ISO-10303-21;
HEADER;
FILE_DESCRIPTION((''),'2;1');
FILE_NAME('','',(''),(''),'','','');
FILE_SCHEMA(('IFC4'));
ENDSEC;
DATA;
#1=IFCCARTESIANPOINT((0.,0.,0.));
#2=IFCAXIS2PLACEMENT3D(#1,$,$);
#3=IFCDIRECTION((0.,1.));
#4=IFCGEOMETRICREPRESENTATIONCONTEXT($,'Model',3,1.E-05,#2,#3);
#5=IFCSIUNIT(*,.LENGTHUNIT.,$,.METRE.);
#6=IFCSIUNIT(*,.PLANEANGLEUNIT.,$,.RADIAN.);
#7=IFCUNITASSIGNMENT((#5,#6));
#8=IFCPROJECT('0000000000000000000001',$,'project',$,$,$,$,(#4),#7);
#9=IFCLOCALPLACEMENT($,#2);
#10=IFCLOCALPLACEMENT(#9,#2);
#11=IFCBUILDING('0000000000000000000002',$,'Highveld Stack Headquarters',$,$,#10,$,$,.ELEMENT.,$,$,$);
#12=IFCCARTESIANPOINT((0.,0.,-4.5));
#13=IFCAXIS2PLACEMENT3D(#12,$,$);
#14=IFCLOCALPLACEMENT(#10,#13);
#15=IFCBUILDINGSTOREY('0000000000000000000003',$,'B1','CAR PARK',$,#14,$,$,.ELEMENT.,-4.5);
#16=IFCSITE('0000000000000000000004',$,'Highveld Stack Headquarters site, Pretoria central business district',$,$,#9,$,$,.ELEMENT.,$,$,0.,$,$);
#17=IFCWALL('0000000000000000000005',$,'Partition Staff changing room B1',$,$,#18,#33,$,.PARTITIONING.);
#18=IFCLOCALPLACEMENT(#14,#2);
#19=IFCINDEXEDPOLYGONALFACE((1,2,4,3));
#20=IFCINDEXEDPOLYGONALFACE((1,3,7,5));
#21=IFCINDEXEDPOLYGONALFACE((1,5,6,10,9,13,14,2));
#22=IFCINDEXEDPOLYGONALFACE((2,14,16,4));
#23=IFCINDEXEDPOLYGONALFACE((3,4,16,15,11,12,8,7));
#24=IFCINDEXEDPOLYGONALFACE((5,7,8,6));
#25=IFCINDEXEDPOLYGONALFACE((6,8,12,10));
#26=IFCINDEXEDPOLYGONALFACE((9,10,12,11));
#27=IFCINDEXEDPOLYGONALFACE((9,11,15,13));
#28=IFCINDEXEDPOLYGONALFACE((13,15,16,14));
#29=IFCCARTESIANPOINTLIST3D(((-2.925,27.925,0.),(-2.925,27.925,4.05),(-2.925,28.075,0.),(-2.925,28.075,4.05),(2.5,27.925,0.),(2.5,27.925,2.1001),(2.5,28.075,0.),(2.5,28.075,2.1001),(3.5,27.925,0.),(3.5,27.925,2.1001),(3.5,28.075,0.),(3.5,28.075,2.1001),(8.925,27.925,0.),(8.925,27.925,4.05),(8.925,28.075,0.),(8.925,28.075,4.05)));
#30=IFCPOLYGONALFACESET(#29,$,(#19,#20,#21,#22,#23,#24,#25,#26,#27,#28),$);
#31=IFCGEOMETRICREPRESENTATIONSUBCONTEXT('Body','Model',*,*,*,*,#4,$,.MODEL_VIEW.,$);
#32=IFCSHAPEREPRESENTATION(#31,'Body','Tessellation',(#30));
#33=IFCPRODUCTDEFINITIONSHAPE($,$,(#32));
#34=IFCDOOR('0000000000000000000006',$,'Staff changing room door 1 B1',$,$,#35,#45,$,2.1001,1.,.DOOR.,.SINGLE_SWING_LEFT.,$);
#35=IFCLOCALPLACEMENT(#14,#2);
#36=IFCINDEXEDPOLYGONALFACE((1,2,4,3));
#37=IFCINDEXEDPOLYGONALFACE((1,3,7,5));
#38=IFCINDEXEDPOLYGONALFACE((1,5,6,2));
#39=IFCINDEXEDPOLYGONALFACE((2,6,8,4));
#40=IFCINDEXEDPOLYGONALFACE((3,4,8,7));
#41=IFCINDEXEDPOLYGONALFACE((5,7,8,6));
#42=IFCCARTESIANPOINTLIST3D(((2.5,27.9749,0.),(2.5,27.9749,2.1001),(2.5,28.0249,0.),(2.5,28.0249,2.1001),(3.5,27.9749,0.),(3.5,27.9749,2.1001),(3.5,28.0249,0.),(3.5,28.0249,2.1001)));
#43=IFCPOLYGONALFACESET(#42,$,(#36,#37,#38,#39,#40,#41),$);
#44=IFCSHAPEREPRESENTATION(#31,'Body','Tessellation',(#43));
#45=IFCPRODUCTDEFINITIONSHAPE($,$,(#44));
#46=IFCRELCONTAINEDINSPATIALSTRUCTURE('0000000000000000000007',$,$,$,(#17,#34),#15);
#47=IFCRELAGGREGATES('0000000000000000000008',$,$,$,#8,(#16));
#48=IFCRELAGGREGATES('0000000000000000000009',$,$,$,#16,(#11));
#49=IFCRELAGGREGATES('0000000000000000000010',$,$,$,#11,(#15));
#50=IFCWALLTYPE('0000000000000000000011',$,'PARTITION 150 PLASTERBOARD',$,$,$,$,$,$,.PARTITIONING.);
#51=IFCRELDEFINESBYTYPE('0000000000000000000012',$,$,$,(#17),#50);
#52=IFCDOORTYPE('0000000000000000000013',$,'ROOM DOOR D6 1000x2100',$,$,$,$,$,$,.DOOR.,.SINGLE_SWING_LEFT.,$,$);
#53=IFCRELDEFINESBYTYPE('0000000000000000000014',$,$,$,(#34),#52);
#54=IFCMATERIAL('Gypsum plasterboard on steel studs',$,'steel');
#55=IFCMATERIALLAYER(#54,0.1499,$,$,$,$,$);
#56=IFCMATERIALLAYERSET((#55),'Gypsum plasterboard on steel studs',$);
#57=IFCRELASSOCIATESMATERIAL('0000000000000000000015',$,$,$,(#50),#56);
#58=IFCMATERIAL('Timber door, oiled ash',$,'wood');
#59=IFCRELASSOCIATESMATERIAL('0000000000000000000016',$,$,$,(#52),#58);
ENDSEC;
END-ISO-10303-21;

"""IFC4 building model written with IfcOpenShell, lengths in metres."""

from ifc_helpers import new_model, si_unit, direction, frame, frame_2d, origin, place, context, subcontext, project, spatial, rectangle, extrude, material, layer, layer_set, type_object, element, fill, save


model = new_model("IFC4")

# Units and contexts
model_context = context("Model", 3, precision=1e-05, world=origin(), true_north=direction((0.0, 1.0)))
body_context = subcontext(model_context, "Body", "Model", "MODEL_VIEW")
ifc_project = project(units=[si_unit("LENGTHUNIT", "METRE"), si_unit("PLANEANGLEUNIT", "RADIAN")], contexts=[model_context])

# Site, building, storey
site_placement = place(None, origin())
site = spatial("IfcSite", under=ifc_project, at=site_placement, Name="Highveld Stack Headquarters site, Pretoria central business district", CompositionType="ELEMENT", RefElevation=0.0)
building_placement = place(site_placement, origin())
building = spatial("IfcBuilding", under=site, at=building_placement, Name="Highveld Stack Headquarters", CompositionType="ELEMENT")
storey_placement = place(building_placement, frame((0.0, 0.0, -4.5)))
storey = spatial("IfcBuildingStorey", under=building, at=storey_placement, Name="B1", Description="CAR PARK", CompositionType="ELEMENT", Elevation=-4.5)

# Shared definitions
ifc_material_1 = material(Name="Gypsum plasterboard on steel studs", Category="steel")
ifc_layer_1 = layer(ifc_material_1, 0.1499)
ifc_layer_set_1 = layer_set([ifc_layer_1], Name="Gypsum plasterboard on steel studs")
wall_type_1 = type_object("IfcWallType", Name="PARTITION 150 PLASTERBOARD", PredefinedType="PARTITIONING", material=ifc_layer_set_1)
ifc_material_2 = material(Name="Timber door, oiled ash", Category="wood")
door_type_1 = type_object("IfcDoorType", Name="ROOM DOOR D6 1000x2100", OperationType="SINGLE_SWING_LEFT", PredefinedType="DOOR", material=ifc_material_2)

# Wall, opening, door
wall_1_placement = place(storey_placement, frame((-2.925, 28.0, 0.0), z_axis=(0.0, 0.0, 1.0), x_axis=(1.0, 0.0, 0.0)))
wall_1 = element("IfcWall", 1, at=wall_1_placement, inside=storey, type_object=wall_type_1, Name="Partition Staff changing room B1", PredefinedType="PARTITIONING", context=body_context, shape_type="SweptSolid", body=[
    extrude(rectangle(XDim=11.8501, YDim=0.1499, at=frame_2d((5.925, 0.0))), origin(), (0.0, 0.0, 1.0), 4.05),
])
opening_1_placement = place(wall_1_placement, frame((5.425, 0.0, 0.0)))
opening_1 = element("IfcOpeningElement", 2, at=opening_1_placement, cuts=wall_1, PredefinedType="OPENING", context=body_context, shape_type="SweptSolid", body=[
    extrude(rectangle(XDim=1.0, YDim=2.1001, at=frame_2d((0.5, 1.05))), frame((0.0, 0.085, 0.0), z_axis=(0.0, -1.0, 0.0), x_axis=(1.0, 0.0, 0.0)), (0.0, 0.0, 1.0), 0.1699),
])
door_1_placement = place(opening_1_placement, origin())
door_1 = element("IfcDoor", 3, at=door_1_placement, inside=storey, type_object=door_type_1, Name="Staff changing room door 1 B1", OperationType="SINGLE_SWING_LEFT", OverallHeight=2.1001, OverallWidth=1.0, PredefinedType="DOOR", context=body_context, shape_type="SweptSolid", body=[
    extrude(rectangle(XDim=1.0, YDim=2.1001, at=frame_2d((0.5, 1.05))), frame((0.0, 0.0249, 0.0), z_axis=(0.0, -1.0, 0.0), x_axis=(1.0, 0.0, 0.0)), (0.0, 0.0, 1.0), 0.05),
])
fill(opening_1, door_1)

save(model, "model.ifc")
